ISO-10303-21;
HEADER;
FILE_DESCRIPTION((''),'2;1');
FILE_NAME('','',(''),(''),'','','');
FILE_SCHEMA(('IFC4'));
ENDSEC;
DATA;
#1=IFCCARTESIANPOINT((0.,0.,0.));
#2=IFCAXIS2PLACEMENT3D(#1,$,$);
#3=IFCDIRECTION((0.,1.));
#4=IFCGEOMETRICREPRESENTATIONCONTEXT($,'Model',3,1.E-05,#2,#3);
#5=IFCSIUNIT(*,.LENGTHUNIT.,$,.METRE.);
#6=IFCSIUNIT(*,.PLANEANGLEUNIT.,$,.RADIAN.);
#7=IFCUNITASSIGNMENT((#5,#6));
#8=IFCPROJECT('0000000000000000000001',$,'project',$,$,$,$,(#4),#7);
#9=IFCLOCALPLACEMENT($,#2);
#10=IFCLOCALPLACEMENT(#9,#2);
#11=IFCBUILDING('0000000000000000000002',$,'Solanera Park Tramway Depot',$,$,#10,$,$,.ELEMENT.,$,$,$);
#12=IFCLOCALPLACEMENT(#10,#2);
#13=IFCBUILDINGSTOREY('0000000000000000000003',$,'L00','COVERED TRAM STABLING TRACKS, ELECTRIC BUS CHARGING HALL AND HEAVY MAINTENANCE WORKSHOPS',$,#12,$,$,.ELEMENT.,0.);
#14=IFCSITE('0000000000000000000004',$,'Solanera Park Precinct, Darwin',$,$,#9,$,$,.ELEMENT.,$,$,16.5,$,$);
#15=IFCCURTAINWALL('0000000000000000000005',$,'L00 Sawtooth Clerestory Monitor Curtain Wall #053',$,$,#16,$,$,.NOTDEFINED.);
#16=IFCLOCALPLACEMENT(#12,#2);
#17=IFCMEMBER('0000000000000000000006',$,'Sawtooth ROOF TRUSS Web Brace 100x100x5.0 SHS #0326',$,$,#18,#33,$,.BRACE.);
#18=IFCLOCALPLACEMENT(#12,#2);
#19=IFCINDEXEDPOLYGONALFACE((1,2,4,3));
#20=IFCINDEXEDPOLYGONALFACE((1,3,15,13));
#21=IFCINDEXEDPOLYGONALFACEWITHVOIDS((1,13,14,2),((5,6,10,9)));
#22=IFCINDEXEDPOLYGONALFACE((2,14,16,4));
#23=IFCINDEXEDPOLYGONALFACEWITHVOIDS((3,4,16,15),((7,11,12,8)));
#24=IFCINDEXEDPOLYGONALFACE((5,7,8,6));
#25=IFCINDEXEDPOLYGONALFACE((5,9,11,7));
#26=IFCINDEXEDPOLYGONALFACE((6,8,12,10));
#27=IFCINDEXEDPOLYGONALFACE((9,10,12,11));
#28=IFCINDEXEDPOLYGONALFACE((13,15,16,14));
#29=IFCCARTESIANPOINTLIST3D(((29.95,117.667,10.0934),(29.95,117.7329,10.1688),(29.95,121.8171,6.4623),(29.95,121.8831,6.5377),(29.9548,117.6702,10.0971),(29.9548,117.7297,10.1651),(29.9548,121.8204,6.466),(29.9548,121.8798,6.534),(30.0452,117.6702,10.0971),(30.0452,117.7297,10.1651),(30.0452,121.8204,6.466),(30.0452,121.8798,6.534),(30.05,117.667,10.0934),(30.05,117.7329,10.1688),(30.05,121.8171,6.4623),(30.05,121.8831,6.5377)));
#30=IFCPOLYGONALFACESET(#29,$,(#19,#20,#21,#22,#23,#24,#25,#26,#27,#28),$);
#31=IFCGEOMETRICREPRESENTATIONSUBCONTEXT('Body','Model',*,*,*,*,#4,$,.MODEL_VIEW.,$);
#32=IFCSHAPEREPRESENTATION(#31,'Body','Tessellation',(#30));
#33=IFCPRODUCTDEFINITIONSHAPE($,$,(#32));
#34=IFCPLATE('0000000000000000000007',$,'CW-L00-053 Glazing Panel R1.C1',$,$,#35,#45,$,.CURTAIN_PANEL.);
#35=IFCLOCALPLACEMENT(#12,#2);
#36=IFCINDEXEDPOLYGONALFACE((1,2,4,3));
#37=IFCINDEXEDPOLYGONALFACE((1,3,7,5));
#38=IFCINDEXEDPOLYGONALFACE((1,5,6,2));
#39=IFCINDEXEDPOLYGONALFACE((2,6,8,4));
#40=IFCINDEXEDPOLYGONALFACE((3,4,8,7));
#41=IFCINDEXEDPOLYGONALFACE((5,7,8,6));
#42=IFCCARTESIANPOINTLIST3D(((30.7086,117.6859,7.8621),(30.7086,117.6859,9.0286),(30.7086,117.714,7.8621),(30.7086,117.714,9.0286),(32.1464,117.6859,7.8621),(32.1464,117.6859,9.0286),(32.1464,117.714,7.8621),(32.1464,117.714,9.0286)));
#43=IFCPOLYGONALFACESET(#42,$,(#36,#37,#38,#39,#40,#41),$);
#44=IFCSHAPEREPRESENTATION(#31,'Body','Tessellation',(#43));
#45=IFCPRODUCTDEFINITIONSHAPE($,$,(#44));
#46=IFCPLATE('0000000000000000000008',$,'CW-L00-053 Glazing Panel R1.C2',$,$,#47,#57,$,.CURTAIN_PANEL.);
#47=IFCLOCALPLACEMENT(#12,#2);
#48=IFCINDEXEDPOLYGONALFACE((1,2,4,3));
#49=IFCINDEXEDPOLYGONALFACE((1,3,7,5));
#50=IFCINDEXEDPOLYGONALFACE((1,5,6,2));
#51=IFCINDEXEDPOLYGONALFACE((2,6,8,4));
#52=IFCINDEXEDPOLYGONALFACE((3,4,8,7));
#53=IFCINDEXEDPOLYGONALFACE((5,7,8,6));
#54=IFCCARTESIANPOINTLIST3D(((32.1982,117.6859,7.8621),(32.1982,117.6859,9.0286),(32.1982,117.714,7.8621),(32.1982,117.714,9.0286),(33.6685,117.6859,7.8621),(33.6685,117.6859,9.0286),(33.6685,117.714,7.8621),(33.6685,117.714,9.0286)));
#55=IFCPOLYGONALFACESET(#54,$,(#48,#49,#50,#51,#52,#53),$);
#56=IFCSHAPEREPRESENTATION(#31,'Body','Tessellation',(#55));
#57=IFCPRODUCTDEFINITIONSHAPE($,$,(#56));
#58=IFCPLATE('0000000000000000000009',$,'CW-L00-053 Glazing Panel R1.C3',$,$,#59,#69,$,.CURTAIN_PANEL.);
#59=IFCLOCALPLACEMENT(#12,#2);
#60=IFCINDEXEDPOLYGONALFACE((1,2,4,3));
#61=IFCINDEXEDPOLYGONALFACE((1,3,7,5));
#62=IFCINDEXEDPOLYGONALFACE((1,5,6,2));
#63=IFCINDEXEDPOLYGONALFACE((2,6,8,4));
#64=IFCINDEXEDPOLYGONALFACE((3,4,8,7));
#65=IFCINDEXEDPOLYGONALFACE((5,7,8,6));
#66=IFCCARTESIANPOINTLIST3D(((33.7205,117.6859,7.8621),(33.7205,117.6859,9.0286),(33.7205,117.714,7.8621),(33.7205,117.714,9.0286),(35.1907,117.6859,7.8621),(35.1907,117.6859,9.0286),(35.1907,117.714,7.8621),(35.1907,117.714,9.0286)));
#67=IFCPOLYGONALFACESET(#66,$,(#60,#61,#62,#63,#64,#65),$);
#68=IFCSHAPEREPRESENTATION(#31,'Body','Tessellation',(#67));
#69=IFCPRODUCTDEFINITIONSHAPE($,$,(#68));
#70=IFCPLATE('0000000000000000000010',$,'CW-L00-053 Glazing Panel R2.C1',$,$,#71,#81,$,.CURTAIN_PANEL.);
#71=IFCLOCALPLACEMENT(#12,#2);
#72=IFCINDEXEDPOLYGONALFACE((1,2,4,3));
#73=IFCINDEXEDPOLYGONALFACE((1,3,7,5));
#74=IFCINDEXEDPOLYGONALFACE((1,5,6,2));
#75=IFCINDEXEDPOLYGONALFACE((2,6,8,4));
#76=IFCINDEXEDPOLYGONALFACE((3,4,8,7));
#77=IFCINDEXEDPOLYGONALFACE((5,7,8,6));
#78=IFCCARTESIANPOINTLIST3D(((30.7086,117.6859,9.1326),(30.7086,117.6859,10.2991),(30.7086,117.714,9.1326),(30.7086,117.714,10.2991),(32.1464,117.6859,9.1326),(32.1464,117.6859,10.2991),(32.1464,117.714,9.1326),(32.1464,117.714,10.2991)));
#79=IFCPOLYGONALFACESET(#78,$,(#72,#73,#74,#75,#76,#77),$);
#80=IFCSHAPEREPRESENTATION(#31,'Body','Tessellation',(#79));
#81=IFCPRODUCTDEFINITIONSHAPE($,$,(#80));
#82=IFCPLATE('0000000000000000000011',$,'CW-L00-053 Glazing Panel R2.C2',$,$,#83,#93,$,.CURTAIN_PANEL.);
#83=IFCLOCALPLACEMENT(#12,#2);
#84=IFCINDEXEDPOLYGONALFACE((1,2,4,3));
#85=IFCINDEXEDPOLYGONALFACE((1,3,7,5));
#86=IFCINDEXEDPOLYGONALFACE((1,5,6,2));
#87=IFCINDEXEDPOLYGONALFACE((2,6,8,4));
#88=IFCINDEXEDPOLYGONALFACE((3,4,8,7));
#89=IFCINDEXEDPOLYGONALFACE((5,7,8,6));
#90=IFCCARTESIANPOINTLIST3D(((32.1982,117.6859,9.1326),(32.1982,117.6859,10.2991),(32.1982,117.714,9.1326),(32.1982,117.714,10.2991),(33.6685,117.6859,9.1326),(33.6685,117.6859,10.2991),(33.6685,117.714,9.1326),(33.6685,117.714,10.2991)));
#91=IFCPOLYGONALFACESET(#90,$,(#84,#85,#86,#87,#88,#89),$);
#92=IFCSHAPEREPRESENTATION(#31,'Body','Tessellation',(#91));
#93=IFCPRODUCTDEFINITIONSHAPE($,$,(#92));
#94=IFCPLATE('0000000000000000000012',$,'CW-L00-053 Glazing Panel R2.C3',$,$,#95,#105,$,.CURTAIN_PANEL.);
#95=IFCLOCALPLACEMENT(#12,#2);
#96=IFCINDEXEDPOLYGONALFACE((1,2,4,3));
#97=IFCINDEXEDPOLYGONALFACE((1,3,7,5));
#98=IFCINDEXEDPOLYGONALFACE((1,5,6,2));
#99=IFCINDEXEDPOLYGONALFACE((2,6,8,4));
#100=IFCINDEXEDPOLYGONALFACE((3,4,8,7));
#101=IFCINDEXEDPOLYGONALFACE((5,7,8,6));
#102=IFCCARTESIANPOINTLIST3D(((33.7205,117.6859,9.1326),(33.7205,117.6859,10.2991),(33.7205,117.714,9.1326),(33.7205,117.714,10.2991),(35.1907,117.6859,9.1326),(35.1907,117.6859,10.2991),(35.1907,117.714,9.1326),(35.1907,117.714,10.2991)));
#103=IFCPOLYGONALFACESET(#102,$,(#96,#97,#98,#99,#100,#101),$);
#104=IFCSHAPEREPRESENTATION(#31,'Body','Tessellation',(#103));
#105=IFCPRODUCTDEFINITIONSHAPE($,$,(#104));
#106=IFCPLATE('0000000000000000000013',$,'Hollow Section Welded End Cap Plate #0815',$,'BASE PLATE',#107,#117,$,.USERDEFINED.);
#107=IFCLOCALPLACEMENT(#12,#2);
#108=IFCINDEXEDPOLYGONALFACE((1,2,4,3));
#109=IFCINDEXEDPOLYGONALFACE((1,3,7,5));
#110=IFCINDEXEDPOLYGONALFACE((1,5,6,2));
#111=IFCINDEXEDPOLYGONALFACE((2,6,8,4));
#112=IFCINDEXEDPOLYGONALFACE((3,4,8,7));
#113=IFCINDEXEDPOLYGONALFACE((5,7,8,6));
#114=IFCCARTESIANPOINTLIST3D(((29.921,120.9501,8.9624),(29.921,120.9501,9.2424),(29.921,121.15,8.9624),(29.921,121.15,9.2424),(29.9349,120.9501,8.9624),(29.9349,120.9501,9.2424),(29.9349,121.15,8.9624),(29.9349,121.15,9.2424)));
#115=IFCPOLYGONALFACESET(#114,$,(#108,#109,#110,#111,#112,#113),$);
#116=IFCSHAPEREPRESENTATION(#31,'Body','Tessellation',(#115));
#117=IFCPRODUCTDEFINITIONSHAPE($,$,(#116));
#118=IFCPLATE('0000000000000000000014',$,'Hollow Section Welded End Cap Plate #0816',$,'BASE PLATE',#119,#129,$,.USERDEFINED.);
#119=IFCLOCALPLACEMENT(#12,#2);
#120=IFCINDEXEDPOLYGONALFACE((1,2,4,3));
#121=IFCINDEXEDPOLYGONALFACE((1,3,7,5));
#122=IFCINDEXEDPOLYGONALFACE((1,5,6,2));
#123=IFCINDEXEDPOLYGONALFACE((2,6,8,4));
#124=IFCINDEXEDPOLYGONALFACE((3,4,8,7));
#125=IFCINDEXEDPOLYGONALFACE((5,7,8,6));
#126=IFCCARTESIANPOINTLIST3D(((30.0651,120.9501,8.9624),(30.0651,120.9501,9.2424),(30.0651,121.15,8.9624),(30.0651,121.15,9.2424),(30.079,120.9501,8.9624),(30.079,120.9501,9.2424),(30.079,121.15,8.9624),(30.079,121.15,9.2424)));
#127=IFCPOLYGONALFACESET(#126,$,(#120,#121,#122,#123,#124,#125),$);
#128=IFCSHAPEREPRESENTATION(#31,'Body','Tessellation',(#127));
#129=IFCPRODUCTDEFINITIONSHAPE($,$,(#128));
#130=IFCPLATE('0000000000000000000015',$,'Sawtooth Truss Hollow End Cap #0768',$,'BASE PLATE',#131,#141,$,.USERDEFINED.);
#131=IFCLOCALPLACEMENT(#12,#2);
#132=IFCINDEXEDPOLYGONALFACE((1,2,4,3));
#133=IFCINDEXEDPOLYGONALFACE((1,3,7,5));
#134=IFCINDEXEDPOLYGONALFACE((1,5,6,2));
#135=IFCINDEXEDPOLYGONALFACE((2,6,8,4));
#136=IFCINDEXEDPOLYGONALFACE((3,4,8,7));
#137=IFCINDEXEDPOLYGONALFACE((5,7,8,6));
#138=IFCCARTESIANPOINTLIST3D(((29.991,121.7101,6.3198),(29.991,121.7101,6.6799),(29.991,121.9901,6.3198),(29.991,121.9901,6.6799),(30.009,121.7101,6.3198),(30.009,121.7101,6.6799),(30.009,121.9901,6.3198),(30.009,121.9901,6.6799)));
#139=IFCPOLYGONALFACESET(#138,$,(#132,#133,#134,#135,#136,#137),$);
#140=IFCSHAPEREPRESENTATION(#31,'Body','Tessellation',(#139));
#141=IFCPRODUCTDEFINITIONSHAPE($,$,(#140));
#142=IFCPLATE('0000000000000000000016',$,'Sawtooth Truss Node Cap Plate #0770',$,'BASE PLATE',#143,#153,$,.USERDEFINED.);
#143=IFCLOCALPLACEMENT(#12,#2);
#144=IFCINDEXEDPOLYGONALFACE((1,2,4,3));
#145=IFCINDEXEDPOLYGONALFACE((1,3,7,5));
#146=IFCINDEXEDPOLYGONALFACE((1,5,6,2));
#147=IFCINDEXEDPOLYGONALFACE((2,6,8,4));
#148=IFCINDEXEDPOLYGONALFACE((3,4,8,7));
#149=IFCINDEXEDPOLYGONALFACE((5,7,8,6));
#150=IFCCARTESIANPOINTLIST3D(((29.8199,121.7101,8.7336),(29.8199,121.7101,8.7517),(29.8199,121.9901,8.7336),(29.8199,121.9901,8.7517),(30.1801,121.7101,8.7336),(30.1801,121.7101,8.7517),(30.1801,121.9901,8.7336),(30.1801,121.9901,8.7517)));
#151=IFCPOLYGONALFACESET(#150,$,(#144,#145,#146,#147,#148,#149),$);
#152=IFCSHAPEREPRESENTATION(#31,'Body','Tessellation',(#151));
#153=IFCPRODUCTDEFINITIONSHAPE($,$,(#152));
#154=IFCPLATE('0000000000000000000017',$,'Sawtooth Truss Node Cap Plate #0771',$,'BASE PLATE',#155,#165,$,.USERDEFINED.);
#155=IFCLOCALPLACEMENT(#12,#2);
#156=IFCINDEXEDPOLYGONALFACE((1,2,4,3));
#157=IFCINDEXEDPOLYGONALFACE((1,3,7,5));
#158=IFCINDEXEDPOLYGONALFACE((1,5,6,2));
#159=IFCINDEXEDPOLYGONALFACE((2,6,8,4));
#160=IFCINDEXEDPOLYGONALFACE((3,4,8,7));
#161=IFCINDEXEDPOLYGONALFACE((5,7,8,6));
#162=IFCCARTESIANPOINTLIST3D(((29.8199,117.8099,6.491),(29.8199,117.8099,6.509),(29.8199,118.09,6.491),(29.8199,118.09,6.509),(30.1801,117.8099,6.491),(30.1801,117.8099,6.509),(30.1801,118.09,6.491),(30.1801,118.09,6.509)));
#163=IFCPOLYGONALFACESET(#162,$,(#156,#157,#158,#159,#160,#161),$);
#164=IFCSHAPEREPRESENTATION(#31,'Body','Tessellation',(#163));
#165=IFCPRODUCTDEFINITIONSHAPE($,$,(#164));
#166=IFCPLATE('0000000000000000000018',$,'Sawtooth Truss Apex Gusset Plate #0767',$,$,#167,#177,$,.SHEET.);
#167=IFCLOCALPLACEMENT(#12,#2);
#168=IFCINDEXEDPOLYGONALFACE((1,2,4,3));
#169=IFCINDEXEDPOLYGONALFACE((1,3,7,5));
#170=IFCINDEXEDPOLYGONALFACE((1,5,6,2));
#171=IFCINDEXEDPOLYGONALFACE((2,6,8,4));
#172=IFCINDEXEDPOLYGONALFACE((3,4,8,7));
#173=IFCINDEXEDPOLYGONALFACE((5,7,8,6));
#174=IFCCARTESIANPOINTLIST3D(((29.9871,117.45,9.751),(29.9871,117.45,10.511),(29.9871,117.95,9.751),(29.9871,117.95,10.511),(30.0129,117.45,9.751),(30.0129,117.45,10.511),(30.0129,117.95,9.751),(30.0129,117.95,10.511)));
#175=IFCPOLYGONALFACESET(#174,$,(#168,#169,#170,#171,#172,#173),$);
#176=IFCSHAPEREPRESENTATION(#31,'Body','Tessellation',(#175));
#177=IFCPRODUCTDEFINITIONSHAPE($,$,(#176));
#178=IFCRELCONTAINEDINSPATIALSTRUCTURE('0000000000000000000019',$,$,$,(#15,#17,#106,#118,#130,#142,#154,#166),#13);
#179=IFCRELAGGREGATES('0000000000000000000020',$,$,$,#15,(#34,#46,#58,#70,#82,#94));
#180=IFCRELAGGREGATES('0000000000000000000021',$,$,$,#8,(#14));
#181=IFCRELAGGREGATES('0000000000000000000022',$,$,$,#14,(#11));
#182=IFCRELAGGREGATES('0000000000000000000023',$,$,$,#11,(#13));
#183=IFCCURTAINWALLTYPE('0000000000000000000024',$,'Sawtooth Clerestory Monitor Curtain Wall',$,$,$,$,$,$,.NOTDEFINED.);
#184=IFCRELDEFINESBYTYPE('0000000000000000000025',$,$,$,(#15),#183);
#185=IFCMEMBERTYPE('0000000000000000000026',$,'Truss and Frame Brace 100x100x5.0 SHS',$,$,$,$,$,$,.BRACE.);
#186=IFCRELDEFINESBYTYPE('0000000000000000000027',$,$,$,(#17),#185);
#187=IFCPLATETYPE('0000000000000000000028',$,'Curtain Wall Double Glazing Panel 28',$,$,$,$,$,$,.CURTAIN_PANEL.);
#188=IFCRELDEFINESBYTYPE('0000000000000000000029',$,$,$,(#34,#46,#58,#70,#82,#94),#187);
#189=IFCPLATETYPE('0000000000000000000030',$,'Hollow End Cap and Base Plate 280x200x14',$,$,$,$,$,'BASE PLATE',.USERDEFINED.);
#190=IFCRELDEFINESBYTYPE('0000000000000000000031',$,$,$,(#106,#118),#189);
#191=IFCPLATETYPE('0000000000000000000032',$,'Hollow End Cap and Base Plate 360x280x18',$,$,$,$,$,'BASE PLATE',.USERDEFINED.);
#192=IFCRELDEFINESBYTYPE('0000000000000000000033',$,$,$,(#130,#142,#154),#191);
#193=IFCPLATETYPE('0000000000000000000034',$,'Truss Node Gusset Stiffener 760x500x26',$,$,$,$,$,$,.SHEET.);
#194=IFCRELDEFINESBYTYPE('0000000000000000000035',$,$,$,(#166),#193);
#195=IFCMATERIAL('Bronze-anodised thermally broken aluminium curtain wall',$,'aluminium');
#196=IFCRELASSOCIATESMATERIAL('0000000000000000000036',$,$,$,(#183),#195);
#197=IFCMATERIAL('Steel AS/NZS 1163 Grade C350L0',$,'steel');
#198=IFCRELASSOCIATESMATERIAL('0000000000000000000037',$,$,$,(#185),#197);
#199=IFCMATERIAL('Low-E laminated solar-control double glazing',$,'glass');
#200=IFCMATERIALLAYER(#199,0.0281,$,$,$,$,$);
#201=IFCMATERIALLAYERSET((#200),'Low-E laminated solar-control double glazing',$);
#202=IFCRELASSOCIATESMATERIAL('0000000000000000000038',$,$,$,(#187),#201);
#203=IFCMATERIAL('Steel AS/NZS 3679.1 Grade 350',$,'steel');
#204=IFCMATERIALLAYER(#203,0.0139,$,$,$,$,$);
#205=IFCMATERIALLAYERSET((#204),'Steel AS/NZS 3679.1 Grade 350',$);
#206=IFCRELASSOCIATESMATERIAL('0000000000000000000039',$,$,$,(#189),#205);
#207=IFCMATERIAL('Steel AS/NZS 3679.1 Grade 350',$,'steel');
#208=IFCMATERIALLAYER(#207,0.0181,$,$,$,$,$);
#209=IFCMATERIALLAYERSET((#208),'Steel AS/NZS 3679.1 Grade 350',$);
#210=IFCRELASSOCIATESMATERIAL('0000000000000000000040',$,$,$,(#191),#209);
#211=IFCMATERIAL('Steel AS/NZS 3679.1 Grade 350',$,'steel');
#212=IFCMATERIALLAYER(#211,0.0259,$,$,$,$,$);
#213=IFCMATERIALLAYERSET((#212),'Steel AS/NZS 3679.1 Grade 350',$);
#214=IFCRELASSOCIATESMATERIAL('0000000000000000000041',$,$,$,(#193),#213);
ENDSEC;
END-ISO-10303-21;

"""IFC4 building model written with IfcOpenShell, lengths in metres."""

from ifc_helpers import new_model, si_unit, direction, frame, origin, origin_2d, place, context, subcontext, project, spatial, rectangle, hollow_rectangle, extrude, material, layer, layer_set, material_profile, profile_set, type_object, element, aggregate, save


model = new_model("IFC4")

# Units and contexts
model_context = context("Model", 3, precision=1e-05, world=origin(), true_north=direction((0.0, 1.0)))
body_context = subcontext(model_context, "Body", "Model", "MODEL_VIEW")
ifc_project = project(units=[si_unit("LENGTHUNIT", "METRE"), si_unit("PLANEANGLEUNIT", "RADIAN")], contexts=[model_context])

# Site, building, storey
site_placement = place(None, origin())
site = spatial("IfcSite", under=ifc_project, at=site_placement, Name="Solanera Park Precinct, Darwin", CompositionType="ELEMENT", RefElevation=16.5)
building_placement = place(site_placement, origin())
building = spatial("IfcBuilding", under=site, at=building_placement, Name="Solanera Park Tramway Depot", CompositionType="ELEMENT")
storey_placement = place(building_placement, origin())
storey = spatial("IfcBuildingStorey", under=building, at=storey_placement, Name="L00", Description="COVERED TRAM STABLING TRACKS, ELECTRIC BUS CHARGING HALL AND HEAVY MAINTENANCE WORKSHOPS", CompositionType="ELEMENT", Elevation=0.0)

# Curtain wall
ifc_material_1 = material(Name="Bronze-anodised thermally broken aluminium curtain wall", Category="aluminium")
curtain_wall_type = type_object("IfcCurtainWallType", Name="Sawtooth Clerestory Monitor Curtain Wall", PredefinedType="NOTDEFINED", material=ifc_material_1)
curtain_wall_placement = place(storey_placement, origin())
curtain_wall = element("IfcCurtainWall", 1, at=curtain_wall_placement, inside=storey, type_object=curtain_wall_type, Name="L00 Sawtooth Clerestory Monitor Curtain Wall #053", PredefinedType="NOTDEFINED")

# Member
ifc_material_2 = material(Name="Steel AS/NZS 1163 Grade C350L0", Category="steel")
ifc_material_profile_1 = material_profile(ifc_material_2, hollow_rectangle(XDim=0.1001, YDim=0.1001, WallThickness=0.0049, at=origin_2d()), Name="100x100x5.0 SHS")
ifc_profile_set_1 = profile_set([ifc_material_profile_1], Name="Steel AS/NZS 1163 Grade C350L0")
member_type_1 = type_object("IfcMemberType", Name="Truss and Frame Brace 100x100x5.0 SHS", PredefinedType="BRACE", material=ifc_profile_set_1)
member_1_placement = place(storey_placement, frame((30.0, 121.8501, 6.5), z_axis=(0.0, -0.752601, 0.658476), x_axis=(1.0, 0.0, 0.0)))
element("IfcMember", 2, at=member_1_placement, inside=storey, type_object=member_type_1, Name="Sawtooth ROOF TRUSS Web Brace 100x100x5.0 SHS #0326", PredefinedType="BRACE", context=body_context, shape_type="SweptSolid", body=[
    extrude(hollow_rectangle(XDim=0.1001, YDim=0.1001, WallThickness=0.0049, at=origin_2d()), origin(), (0.0, 0.0, 1.0), 5.5144),
])

# Plates
ifc_material_3 = material(Name="Low-E laminated solar-control double glazing", Category="glass")
ifc_layer_1 = layer(ifc_material_3, 0.0281)
ifc_layer_set_1 = layer_set([ifc_layer_1], Name="Low-E laminated solar-control double glazing")
plate_type_1 = type_object("IfcPlateType", Name="Curtain Wall Double Glazing Panel 28", PredefinedType="CURTAIN_PANEL", material=ifc_layer_set_1)
plate_1_placement = place(storey_placement, frame((31.4275, 117.7, 7.8621), z_axis=(0.0, 0.0, 1.0), x_axis=(1.0, 0.0, 0.0)))
plate_1 = element("IfcPlate", 3, at=plate_1_placement, type_object=plate_type_1, Name="CW-L00-053 Glazing Panel R1.C1", PredefinedType="CURTAIN_PANEL", context=body_context, shape_type="SweptSolid", body=[
    extrude(rectangle(XDim=1.4377, YDim=0.0281, at=origin_2d()), origin(), (0.0, 0.0, 1.0), 1.1665),
])
plate_2_placement = place(storey_placement, frame((32.9333, 117.7, 7.8621), z_axis=(0.0, 0.0, 1.0), x_axis=(1.0, 0.0, 0.0)))
plate_2 = element("IfcPlate", 4, at=plate_2_placement, type_object=plate_type_1, Name="CW-L00-053 Glazing Panel R1.C2", PredefinedType="CURTAIN_PANEL", context=body_context, shape_type="SweptSolid", body=[
    extrude(rectangle(XDim=1.4702, YDim=0.0281, at=origin_2d()), origin(), (0.0, 0.0, 1.0), 1.1665),
])
plate_3_placement = place(storey_placement, frame((34.4556, 117.7, 7.8621), z_axis=(0.0, 0.0, 1.0), x_axis=(1.0, 0.0, 0.0)))
plate_3 = element("IfcPlate", 5, at=plate_3_placement, type_object=plate_type_1, Name="CW-L00-053 Glazing Panel R1.C3", PredefinedType="CURTAIN_PANEL", context=body_context, shape_type="SweptSolid", body=[
    extrude(rectangle(XDim=1.4702, YDim=0.0281, at=origin_2d()), origin(), (0.0, 0.0, 1.0), 1.1665),
])
plate_4_placement = place(storey_placement, frame((31.4275, 117.7, 9.1326), z_axis=(0.0, 0.0, 1.0), x_axis=(1.0, 0.0, 0.0)))
plate_4 = element("IfcPlate", 6, at=plate_4_placement, type_object=plate_type_1, Name="CW-L00-053 Glazing Panel R2.C1", PredefinedType="CURTAIN_PANEL", context=body_context, shape_type="SweptSolid", body=[
    extrude(rectangle(XDim=1.4377, YDim=0.0281, at=origin_2d()), origin(), (0.0, 0.0, 1.0), 1.1665),
])
plate_5_placement = place(storey_placement, frame((32.9333, 117.7, 9.1326), z_axis=(0.0, 0.0, 1.0), x_axis=(1.0, 0.0, 0.0)))
plate_5 = element("IfcPlate", 7, at=plate_5_placement, type_object=plate_type_1, Name="CW-L00-053 Glazing Panel R2.C2", PredefinedType="CURTAIN_PANEL", context=body_context, shape_type="SweptSolid", body=[
    extrude(rectangle(XDim=1.4702, YDim=0.0281, at=origin_2d()), origin(), (0.0, 0.0, 1.0), 1.1665),
])
plate_6_placement = place(storey_placement, frame((34.4556, 117.7, 9.1326), z_axis=(0.0, 0.0, 1.0), x_axis=(1.0, 0.0, 0.0)))
plate_6 = element("IfcPlate", 8, at=plate_6_placement, type_object=plate_type_1, Name="CW-L00-053 Glazing Panel R2.C3", PredefinedType="CURTAIN_PANEL", context=body_context, shape_type="SweptSolid", body=[
    extrude(rectangle(XDim=1.4702, YDim=0.0281, at=origin_2d()), origin(), (0.0, 0.0, 1.0), 1.1665),
])
aggregate(curtain_wall, [plate_1, plate_2, plate_3, plate_4, plate_5, plate_6])

# Plates
ifc_material_4 = material(Name="Steel AS/NZS 3679.1 Grade 350", Category="steel")
ifc_layer_2 = layer(ifc_material_4, 0.0139)
ifc_layer_set_2 = layer_set([ifc_layer_2], Name="Steel AS/NZS 3679.1 Grade 350")
plate_type_2 = type_object("IfcPlateType", Name="Hollow End Cap and Base Plate 280x200x14", ElementType="BASE PLATE", PredefinedType="USERDEFINED", material=ifc_layer_set_2)
for number, where, z_axis, x_axis, name in (
    (9, (29.928, 121.05, 8.9624), (0.0, 0.0, 1.0), (1.0, 0.0, 0.0), "Hollow Section Welded End Cap Plate #0815"),
    (10, (30.072, 121.05, 8.9624), (0.0, 0.0, 1.0), (1.0, 0.0, 0.0), "Hollow Section Welded End Cap Plate #0816"),
):
    element("IfcPlate", number, at=place(storey_placement, frame(where, z_axis=z_axis, x_axis=x_axis)), inside=storey, type_object=plate_type_2, Name=name, ObjectType="BASE PLATE", PredefinedType="USERDEFINED", context=body_context, shape_type="SweptSolid", body=[
        extrude(rectangle(XDim=0.0139, YDim=0.2, at=origin_2d()), origin(), (0.0, 0.0, 1.0), 0.28),
    ])
ifc_material_5 = material(Name="Steel AS/NZS 3679.1 Grade 350", Category="steel")
ifc_layer_3 = layer(ifc_material_5, 0.0181)
ifc_layer_set_3 = layer_set([ifc_layer_3], Name="Steel AS/NZS 3679.1 Grade 350")
plate_type_3 = type_object("IfcPlateType", Name="Hollow End Cap and Base Plate 360x280x18", ElementType="BASE PLATE", PredefinedType="USERDEFINED", material=ifc_layer_set_3)
plate_7_placement = place(storey_placement, frame((30.0, 121.8501, 6.3198), z_axis=(0.0, 0.0, 1.0), x_axis=(1.0, 0.0, 0.0)))
element("IfcPlate", 11, at=plate_7_placement, inside=storey, type_object=plate_type_3, Name="Sawtooth Truss Hollow End Cap #0768", ObjectType="BASE PLATE", PredefinedType="USERDEFINED", context=body_context, shape_type="SweptSolid", body=[
    extrude(rectangle(XDim=0.0181, YDim=0.28, at=origin_2d()), origin(), (0.0, 0.0, 1.0), 0.3601),
])
for number, where, z_axis, x_axis, name in (
    (12, (30.0, 121.8501, 8.7336), (0.0, 0.0, 1.0), (1.0, 0.0, 0.0), "Sawtooth Truss Node Cap Plate #0770"),
    (13, (30.0, 117.95, 6.491), (0.0, 0.0, 1.0), (1.0, 0.0, 0.0), "Sawtooth Truss Node Cap Plate #0771"),
):
    element("IfcPlate", number, at=place(storey_placement, frame(where, z_axis=z_axis, x_axis=x_axis)), inside=storey, type_object=plate_type_3, Name=name, ObjectType="BASE PLATE", PredefinedType="USERDEFINED", context=body_context, shape_type="SweptSolid", body=[
        extrude(rectangle(XDim=0.3601, YDim=0.28, at=origin_2d()), origin(), (0.0, 0.0, 1.0), 0.0181),
    ])
ifc_material_6 = material(Name="Steel AS/NZS 3679.1 Grade 350", Category="steel")
ifc_layer_4 = layer(ifc_material_6, 0.0259)
ifc_layer_set_4 = layer_set([ifc_layer_4], Name="Steel AS/NZS 3679.1 Grade 350")
plate_type_4 = type_object("IfcPlateType", Name="Truss Node Gusset Stiffener 760x500x26", PredefinedType="SHEET", material=ifc_layer_set_4)
plate_8_placement = place(storey_placement, frame((30.0, 117.7, 9.751), z_axis=(0.0, 0.0, 1.0), x_axis=(1.0, 0.0, 0.0)))
element("IfcPlate", 14, at=plate_8_placement, inside=storey, type_object=plate_type_4, Name="Sawtooth Truss Apex Gusset Plate #0767", PredefinedType="SHEET", context=body_context, shape_type="SweptSolid", body=[
    extrude(rectangle(XDim=0.0259, YDim=0.5, at=origin_2d()), origin(), (0.0, 0.0, 1.0), 0.76),
])

save(model, "model.ifc")
